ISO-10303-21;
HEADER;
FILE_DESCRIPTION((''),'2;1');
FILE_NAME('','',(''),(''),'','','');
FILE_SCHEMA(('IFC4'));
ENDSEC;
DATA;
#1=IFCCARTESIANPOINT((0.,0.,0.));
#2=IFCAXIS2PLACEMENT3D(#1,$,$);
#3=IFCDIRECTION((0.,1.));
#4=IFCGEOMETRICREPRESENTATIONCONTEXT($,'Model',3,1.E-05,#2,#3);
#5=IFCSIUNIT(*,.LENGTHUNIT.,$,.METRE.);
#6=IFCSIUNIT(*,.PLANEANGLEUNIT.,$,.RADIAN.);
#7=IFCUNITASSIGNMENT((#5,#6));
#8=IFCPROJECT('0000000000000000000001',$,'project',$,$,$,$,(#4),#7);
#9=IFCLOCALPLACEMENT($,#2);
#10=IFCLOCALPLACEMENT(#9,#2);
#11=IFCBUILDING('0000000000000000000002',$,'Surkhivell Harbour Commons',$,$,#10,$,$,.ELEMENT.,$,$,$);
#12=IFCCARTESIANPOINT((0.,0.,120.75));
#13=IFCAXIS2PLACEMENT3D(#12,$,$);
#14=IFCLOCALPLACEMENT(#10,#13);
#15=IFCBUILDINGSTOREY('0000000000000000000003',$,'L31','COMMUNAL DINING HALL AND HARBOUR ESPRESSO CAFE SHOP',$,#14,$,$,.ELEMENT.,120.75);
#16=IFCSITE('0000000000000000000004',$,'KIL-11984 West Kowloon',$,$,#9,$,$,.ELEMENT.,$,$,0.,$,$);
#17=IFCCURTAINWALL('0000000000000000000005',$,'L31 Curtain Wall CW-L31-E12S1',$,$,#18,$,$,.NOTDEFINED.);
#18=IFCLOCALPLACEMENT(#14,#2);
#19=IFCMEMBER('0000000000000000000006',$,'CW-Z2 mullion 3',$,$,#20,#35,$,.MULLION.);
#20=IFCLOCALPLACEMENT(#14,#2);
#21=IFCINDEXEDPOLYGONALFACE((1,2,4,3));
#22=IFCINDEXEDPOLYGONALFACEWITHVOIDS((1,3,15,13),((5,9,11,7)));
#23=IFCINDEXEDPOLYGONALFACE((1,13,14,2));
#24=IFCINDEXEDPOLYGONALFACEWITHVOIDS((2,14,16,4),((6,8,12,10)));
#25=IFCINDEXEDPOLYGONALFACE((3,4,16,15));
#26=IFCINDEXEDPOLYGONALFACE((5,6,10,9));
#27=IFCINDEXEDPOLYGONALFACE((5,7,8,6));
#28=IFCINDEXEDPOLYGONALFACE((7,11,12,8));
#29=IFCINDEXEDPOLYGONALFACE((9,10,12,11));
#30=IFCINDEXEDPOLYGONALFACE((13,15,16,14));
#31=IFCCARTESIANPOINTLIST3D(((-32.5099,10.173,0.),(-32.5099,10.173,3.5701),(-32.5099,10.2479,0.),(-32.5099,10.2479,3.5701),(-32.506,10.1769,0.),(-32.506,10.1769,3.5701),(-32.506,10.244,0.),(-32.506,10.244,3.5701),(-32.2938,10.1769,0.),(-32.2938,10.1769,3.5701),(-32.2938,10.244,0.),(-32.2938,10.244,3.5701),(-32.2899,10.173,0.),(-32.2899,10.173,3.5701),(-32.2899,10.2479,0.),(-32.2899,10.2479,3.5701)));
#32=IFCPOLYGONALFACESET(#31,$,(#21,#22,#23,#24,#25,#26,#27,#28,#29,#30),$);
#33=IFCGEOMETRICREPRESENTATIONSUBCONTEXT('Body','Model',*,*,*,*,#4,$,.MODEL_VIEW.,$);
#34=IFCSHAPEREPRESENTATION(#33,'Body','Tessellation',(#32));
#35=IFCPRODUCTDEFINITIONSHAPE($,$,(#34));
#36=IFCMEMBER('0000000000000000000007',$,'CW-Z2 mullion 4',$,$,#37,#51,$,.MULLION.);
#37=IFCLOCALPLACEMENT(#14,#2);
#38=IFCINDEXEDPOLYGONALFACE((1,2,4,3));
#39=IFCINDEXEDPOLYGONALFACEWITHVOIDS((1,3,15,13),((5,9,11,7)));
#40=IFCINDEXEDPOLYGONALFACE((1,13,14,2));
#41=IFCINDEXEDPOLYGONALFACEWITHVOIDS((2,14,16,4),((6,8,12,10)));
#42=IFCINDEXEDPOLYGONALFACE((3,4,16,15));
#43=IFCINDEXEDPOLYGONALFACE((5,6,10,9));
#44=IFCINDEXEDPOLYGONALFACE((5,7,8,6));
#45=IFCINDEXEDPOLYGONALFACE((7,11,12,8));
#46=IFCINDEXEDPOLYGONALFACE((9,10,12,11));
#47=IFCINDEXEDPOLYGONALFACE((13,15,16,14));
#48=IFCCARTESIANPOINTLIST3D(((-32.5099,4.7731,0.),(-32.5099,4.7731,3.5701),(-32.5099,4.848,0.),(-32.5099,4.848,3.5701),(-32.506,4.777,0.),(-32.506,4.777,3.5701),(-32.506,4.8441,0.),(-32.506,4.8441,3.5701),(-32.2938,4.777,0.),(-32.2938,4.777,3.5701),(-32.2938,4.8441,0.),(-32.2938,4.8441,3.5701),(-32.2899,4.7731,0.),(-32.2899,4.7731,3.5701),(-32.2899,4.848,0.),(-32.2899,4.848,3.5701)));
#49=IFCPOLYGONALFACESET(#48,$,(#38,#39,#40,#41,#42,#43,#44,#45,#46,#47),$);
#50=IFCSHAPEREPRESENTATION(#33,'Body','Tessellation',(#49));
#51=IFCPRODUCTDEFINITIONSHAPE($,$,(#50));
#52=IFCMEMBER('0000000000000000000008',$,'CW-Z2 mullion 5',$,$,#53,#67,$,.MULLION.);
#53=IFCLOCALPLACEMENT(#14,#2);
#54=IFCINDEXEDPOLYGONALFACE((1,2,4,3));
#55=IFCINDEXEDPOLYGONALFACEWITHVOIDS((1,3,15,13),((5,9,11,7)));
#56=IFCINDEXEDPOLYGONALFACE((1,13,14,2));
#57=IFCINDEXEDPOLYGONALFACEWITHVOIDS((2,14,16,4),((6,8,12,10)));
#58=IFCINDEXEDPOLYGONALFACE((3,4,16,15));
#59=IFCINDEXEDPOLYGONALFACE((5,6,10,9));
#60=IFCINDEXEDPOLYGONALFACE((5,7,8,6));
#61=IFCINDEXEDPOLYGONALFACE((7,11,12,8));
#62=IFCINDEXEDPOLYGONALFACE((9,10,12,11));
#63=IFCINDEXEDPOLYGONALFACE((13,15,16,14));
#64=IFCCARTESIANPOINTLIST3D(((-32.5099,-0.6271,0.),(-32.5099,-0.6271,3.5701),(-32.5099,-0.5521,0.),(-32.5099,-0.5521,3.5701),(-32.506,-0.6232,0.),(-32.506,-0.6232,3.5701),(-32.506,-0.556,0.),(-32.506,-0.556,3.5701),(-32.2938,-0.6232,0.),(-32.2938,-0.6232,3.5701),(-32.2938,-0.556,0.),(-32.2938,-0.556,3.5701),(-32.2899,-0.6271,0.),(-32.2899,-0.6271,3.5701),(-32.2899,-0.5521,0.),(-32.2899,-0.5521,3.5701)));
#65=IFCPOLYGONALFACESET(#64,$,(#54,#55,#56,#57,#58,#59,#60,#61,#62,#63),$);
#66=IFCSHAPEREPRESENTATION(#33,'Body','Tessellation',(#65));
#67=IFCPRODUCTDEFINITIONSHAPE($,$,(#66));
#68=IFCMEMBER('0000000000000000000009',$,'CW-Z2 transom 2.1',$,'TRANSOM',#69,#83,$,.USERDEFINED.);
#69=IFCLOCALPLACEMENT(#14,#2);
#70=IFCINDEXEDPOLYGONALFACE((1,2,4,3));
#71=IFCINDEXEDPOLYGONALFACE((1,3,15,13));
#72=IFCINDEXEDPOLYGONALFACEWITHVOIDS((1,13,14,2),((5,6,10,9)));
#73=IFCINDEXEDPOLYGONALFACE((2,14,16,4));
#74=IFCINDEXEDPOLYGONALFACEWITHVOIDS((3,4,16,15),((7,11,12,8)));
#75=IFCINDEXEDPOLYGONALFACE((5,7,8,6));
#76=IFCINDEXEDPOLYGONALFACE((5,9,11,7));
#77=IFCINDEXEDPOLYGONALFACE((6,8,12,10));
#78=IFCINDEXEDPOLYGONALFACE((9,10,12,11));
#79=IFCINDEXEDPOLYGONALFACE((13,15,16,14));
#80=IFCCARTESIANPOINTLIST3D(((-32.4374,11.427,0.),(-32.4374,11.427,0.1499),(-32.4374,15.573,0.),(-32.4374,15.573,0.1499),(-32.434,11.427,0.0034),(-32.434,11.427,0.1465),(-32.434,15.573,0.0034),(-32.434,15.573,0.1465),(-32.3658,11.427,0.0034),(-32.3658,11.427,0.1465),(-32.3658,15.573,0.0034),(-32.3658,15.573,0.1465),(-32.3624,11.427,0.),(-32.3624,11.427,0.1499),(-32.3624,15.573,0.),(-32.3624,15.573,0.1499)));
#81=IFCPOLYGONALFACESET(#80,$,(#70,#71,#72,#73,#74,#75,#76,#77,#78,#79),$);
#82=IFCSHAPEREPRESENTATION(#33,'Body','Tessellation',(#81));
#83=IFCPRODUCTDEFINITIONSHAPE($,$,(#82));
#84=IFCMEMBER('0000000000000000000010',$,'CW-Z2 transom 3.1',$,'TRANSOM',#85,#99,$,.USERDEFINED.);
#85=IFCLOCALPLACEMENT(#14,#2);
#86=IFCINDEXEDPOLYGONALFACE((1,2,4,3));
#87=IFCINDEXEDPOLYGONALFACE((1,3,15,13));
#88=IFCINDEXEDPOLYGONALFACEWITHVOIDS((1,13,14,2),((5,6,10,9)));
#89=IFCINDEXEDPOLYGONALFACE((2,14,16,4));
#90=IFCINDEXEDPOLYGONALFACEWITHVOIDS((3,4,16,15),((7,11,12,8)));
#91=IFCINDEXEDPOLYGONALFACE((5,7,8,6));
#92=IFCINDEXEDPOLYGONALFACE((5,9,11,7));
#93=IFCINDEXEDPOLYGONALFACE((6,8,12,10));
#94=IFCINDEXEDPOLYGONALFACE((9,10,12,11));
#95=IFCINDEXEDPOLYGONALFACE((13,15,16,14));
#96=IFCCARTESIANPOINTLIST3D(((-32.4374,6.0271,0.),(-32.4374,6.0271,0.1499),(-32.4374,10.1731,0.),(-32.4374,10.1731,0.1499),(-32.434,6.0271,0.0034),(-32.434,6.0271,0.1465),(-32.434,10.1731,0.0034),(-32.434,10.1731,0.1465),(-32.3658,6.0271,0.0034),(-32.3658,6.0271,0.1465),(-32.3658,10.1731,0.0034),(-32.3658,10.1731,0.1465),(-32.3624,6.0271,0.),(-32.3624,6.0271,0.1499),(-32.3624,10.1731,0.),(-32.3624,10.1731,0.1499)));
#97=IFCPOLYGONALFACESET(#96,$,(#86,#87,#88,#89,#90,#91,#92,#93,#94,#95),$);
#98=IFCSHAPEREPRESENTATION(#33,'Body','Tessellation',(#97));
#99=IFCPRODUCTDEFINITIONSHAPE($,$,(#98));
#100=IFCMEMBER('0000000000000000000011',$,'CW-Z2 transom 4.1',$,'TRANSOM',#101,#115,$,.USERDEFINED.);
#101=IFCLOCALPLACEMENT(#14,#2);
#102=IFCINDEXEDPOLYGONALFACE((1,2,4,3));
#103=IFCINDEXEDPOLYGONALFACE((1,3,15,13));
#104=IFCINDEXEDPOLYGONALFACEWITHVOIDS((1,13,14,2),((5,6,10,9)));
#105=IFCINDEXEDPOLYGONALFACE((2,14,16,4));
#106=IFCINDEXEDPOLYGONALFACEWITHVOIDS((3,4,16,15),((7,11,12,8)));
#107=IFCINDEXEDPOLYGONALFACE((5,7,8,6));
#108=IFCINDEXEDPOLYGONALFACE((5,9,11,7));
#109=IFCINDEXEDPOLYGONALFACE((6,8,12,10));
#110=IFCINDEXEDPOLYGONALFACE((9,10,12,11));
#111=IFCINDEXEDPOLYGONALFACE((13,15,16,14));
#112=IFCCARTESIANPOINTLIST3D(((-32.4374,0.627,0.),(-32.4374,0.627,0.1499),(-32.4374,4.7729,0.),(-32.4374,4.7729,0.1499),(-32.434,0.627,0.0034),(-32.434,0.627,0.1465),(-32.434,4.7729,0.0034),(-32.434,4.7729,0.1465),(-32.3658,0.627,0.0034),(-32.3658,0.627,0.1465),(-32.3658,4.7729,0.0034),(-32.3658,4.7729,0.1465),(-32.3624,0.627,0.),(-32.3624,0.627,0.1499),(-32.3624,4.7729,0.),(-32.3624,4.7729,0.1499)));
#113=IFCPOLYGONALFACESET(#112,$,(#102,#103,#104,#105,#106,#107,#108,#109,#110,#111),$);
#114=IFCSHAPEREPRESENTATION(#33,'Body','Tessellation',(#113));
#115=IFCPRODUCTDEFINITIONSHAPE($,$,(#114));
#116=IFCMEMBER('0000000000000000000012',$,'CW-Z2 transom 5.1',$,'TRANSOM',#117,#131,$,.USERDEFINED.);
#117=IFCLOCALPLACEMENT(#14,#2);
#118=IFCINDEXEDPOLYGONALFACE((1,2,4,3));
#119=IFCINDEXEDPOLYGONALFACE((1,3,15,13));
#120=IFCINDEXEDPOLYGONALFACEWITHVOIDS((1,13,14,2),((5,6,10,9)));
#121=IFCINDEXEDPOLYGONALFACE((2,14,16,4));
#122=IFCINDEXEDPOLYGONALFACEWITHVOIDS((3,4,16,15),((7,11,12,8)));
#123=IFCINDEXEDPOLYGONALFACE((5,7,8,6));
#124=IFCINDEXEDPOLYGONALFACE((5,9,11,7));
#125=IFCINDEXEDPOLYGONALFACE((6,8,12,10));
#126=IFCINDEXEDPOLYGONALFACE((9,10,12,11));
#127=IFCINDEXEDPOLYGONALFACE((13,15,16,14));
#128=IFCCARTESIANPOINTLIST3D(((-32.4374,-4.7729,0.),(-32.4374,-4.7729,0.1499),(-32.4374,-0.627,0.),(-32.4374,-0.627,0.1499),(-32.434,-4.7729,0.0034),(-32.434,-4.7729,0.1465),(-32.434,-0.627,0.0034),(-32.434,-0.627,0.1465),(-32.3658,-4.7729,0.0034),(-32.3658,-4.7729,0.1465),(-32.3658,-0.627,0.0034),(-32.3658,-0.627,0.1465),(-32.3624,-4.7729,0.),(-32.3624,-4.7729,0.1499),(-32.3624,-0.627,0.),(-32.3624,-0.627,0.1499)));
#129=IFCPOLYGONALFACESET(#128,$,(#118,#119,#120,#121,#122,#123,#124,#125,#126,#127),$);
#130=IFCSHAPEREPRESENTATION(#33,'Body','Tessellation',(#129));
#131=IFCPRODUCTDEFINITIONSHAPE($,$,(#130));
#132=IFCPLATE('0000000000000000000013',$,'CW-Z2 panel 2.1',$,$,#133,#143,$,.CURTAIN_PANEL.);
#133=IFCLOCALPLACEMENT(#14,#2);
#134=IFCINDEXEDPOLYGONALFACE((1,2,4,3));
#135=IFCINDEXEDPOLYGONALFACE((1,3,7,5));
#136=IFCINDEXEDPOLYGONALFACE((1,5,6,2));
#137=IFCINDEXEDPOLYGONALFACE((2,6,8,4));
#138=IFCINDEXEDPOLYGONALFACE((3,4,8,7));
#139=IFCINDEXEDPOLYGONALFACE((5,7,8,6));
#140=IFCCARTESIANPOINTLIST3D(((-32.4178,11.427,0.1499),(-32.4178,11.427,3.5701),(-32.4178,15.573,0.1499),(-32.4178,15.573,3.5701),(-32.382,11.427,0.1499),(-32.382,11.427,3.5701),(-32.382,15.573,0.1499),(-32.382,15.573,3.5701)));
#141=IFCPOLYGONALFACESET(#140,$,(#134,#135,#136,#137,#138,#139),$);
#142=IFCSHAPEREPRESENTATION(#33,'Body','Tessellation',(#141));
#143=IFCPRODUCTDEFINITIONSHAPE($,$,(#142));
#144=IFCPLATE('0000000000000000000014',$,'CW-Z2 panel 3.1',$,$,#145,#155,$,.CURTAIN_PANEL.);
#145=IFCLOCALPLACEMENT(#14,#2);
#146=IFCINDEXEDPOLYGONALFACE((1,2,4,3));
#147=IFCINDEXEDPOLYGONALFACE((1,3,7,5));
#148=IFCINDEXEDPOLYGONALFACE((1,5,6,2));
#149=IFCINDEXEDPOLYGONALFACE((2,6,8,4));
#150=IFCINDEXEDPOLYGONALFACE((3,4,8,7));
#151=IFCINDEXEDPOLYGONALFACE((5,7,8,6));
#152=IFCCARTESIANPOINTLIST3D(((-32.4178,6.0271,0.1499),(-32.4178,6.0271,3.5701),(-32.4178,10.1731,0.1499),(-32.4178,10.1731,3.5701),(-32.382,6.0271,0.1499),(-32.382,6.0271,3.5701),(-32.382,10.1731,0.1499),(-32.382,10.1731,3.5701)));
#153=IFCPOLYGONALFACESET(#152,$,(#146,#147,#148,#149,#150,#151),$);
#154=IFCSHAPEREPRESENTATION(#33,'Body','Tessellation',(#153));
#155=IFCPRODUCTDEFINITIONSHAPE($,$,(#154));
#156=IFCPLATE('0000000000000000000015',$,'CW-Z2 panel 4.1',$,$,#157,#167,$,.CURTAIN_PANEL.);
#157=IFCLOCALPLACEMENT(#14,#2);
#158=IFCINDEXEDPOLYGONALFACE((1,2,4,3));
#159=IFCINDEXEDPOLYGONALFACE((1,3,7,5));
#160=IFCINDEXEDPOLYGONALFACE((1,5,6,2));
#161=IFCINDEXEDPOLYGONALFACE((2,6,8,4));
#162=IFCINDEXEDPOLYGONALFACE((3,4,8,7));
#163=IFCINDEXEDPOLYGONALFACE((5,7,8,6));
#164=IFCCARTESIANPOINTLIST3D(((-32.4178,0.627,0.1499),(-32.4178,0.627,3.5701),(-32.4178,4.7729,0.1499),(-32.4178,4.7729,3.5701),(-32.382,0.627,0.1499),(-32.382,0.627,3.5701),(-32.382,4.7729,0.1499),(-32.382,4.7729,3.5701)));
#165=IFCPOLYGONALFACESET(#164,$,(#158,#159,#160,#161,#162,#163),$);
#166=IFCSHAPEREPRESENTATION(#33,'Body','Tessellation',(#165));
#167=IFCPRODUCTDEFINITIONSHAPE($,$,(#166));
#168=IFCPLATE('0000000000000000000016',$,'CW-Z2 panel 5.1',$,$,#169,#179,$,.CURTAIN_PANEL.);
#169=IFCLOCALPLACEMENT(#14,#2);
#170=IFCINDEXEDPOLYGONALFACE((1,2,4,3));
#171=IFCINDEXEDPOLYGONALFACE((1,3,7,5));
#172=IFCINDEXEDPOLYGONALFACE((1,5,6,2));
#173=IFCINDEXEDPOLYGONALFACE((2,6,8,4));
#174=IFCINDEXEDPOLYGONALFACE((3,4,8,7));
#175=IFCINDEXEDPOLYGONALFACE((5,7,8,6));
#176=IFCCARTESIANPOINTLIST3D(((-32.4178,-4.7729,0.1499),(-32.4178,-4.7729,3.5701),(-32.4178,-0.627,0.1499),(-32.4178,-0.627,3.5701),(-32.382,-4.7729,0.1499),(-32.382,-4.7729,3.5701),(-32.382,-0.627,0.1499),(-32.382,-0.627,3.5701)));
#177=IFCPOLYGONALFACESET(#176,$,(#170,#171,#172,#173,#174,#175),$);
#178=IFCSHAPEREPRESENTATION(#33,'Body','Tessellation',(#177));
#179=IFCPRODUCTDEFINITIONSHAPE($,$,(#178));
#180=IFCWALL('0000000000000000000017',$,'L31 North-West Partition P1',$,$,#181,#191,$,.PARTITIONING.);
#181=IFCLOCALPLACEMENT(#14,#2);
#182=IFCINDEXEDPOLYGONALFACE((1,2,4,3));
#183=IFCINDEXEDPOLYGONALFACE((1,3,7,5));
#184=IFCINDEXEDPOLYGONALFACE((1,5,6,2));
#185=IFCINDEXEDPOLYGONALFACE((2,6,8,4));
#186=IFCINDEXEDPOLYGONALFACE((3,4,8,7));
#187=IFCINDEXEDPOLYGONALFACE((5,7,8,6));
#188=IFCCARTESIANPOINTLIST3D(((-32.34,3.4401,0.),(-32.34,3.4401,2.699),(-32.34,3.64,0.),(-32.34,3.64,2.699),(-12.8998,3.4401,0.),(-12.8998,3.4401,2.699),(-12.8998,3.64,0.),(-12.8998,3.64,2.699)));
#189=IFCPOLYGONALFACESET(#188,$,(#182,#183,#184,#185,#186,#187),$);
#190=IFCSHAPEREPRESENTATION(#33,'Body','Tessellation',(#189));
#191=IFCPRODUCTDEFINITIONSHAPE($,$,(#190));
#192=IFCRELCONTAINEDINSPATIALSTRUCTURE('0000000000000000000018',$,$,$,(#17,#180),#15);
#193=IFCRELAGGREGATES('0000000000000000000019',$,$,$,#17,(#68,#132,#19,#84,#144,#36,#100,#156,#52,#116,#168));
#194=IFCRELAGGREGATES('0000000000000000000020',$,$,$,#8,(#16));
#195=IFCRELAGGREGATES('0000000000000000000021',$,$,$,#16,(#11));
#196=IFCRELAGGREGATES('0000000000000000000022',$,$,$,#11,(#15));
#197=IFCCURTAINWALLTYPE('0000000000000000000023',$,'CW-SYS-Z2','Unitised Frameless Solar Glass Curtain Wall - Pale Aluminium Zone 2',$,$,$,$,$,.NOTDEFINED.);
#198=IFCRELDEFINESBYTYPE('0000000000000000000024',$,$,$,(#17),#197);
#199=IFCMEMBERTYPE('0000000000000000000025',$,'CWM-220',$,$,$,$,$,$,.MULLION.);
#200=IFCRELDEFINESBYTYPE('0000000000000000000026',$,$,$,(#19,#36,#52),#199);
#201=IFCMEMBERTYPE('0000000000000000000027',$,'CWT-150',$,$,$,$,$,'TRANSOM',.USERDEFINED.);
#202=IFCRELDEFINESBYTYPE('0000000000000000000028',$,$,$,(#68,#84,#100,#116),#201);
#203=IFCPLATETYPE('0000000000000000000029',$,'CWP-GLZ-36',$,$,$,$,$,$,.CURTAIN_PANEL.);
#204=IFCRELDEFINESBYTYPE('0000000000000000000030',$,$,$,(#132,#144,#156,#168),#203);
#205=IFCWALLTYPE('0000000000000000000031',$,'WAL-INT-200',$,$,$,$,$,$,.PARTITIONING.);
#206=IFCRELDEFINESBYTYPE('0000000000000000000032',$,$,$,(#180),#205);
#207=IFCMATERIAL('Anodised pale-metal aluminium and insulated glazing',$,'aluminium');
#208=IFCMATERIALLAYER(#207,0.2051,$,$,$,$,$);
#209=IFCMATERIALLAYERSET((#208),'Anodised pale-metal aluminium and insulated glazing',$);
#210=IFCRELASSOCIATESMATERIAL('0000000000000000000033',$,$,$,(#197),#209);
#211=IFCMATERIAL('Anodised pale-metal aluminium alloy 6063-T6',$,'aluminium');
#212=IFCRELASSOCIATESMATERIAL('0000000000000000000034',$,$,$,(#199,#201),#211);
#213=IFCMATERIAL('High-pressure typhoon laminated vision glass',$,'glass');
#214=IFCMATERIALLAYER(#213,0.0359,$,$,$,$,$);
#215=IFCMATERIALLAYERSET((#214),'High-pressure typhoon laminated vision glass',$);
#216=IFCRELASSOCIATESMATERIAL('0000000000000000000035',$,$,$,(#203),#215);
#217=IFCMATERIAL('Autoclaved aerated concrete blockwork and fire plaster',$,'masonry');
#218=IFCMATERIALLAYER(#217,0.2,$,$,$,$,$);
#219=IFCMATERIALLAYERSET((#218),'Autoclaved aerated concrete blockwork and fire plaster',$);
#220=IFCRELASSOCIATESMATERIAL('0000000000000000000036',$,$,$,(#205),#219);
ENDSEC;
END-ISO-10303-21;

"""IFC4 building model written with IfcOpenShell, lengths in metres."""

from ifc_helpers import new_model, si_unit, direction, frame, frame_2d, origin, origin_2d, place, context, subcontext, project, spatial, rectangle, hollow_rectangle, extrude, material, layer, layer_set, material_profile, profile_set, type_object, element, aggregate, save


model = new_model("IFC4")

# Units and contexts
model_context = context("Model", 3, precision=1e-05, world=origin(), true_north=direction((0.0, 1.0)))
body_context = subcontext(model_context, "Body", "Model", "MODEL_VIEW")
ifc_project = project(units=[si_unit("LENGTHUNIT", "METRE"), si_unit("PLANEANGLEUNIT", "RADIAN")], contexts=[model_context])

# Site, building, storey
site_placement = place(None, origin())
site = spatial("IfcSite", under=ifc_project, at=site_placement, Name="KIL-11984 West Kowloon", CompositionType="ELEMENT", RefElevation=0.0)
building_placement = place(site_placement, origin())
building = spatial("IfcBuilding", under=site, at=building_placement, Name="Surkhivell Harbour Commons", CompositionType="ELEMENT")
storey_placement = place(building_placement, frame((0.0, 0.0, 120.75)))
storey = spatial("IfcBuildingStorey", under=building, at=storey_placement, Name="L31", Description="COMMUNAL DINING HALL AND HARBOUR ESPRESSO CAFE SHOP", CompositionType="ELEMENT", Elevation=120.75)

# Curtain wall, members, plates
ifc_material_1 = material(Name="Anodised pale-metal aluminium and insulated glazing", Category="aluminium")
ifc_layer_1 = layer(ifc_material_1, 0.2051)
ifc_layer_set_1 = layer_set([ifc_layer_1], Name="Anodised pale-metal aluminium and insulated glazing")
curtain_wall_type = type_object("IfcCurtainWallType", Name="CW-SYS-Z2", Description="Unitised Frameless Solar Glass Curtain Wall - Pale Aluminium Zone 2", PredefinedType="NOTDEFINED", material=ifc_layer_set_1)
curtain_wall_placement = place(storey_placement, origin())
curtain_wall = element("IfcCurtainWall", 1, at=curtain_wall_placement, inside=storey, type_object=curtain_wall_type, Name="L31 Curtain Wall CW-L31-E12S1", PredefinedType="NOTDEFINED")
ifc_material_2 = material(Name="Anodised pale-metal aluminium alloy 6063-T6", Category="aluminium")
ifc_material_profile_1 = material_profile(ifc_material_2, hollow_rectangle(XDim=0.075, YDim=0.22, WallThickness=0.0039, at=origin_2d()), Name="ALU-MULL-75x220")
ifc_profile_set_1 = profile_set([ifc_material_profile_1], Name="Anodised pale-metal aluminium alloy 6063-T6")
member_type_1 = type_object("IfcMemberType", Name="CWM-220", PredefinedType="MULLION", material=ifc_profile_set_1)
member_1_placement = place(storey_placement, frame((-32.3999, 10.2104, 0.0), z_axis=(0.0, 0.0, 1.0), x_axis=(0.0, -1.0, 0.0)))
member_1 = element("IfcMember", 2, at=member_1_placement, type_object=member_type_1, Name="CW-Z2 mullion 3", PredefinedType="MULLION", context=body_context, shape_type="SweptSolid", body=[
    extrude(hollow_rectangle(XDim=0.075, YDim=0.22, WallThickness=0.0039, at=origin_2d()), origin(), (0.0, 0.0, 1.0), 3.5701),
])
member_2_placement = place(storey_placement, frame((-32.3999, 4.8105, 0.0), z_axis=(0.0, 0.0, 1.0), x_axis=(0.0, -1.0, 0.0)))
member_2 = element("IfcMember", 3, at=member_2_placement, type_object=member_type_1, Name="CW-Z2 mullion 4", PredefinedType="MULLION", context=body_context, shape_type="SweptSolid", body=[
    extrude(hollow_rectangle(XDim=0.075, YDim=0.22, WallThickness=0.0039, at=origin_2d()), origin(), (0.0, 0.0, 1.0), 3.5701),
])
member_3_placement = place(storey_placement, frame((-32.3999, -0.5896, 0.0), z_axis=(0.0, 0.0, 1.0), x_axis=(0.0, -1.0, 0.0)))
member_3 = element("IfcMember", 4, at=member_3_placement, type_object=member_type_1, Name="CW-Z2 mullion 5", PredefinedType="MULLION", context=body_context, shape_type="SweptSolid", body=[
    extrude(hollow_rectangle(XDim=0.075, YDim=0.22, WallThickness=0.0039, at=origin_2d()), origin(), (0.0, 0.0, 1.0), 3.5701),
])
ifc_material_profile_2 = material_profile(ifc_material_2, hollow_rectangle(XDim=0.075, YDim=0.1499, WallThickness=0.0034, at=origin_2d()), Name="ALU-TRAN-75x150")
ifc_profile_set_2 = profile_set([ifc_material_profile_2], Name="Anodised pale-metal aluminium alloy 6063-T6")
member_type_2 = type_object("IfcMemberType", Name="CWT-150", ElementType="TRANSOM", PredefinedType="USERDEFINED", material=ifc_profile_set_2)
member_4_placement = place(storey_placement, frame((-32.3999, 15.573, 0.075), z_axis=(0.0, -1.0, 0.0), x_axis=(1.0, 0.0, 0.0)))
member_4 = element("IfcMember", 5, at=member_4_placement, type_object=member_type_2, Name="CW-Z2 transom 2.1", ObjectType="TRANSOM", PredefinedType="USERDEFINED", context=body_context, shape_type="SweptSolid", body=[
    extrude(hollow_rectangle(XDim=0.075, YDim=0.1499, WallThickness=0.0034, at=origin_2d()), origin(), (0.0, 0.0, 1.0), 4.146),
])
member_5_placement = place(storey_placement, frame((-32.3999, 10.1731, 0.075), z_axis=(0.0, -1.0, 0.0), x_axis=(1.0, 0.0, 0.0)))
member_5 = element("IfcMember", 6, at=member_5_placement, type_object=member_type_2, Name="CW-Z2 transom 3.1", ObjectType="TRANSOM", PredefinedType="USERDEFINED", context=body_context, shape_type="SweptSolid", body=[
    extrude(hollow_rectangle(XDim=0.075, YDim=0.1499, WallThickness=0.0034, at=origin_2d()), origin(), (0.0, 0.0, 1.0), 4.146),
])
member_6_placement = place(storey_placement, frame((-32.3999, 4.7729, 0.075), z_axis=(0.0, -1.0, 0.0), x_axis=(1.0, 0.0, 0.0)))
member_6 = element("IfcMember", 7, at=member_6_placement, type_object=member_type_2, Name="CW-Z2 transom 4.1", ObjectType="TRANSOM", PredefinedType="USERDEFINED", context=body_context, shape_type="SweptSolid", body=[
    extrude(hollow_rectangle(XDim=0.075, YDim=0.1499, WallThickness=0.0034, at=origin_2d()), origin(), (0.0, 0.0, 1.0), 4.146),
])
member_7_placement = place(storey_placement, frame((-32.3999, -0.627, 0.075), z_axis=(0.0, -1.0, 0.0), x_axis=(1.0, 0.0, 0.0)))
member_7 = element("IfcMember", 8, at=member_7_placement, type_object=member_type_2, Name="CW-Z2 transom 5.1", ObjectType="TRANSOM", PredefinedType="USERDEFINED", context=body_context, shape_type="SweptSolid", body=[
    extrude(hollow_rectangle(XDim=0.075, YDim=0.1499, WallThickness=0.0034, at=origin_2d()), origin(), (0.0, 0.0, 1.0), 4.146),
])
ifc_material_3 = material(Name="High-pressure typhoon laminated vision glass", Category="glass")
ifc_layer_2 = layer(ifc_material_3, 0.0359)
ifc_layer_set_2 = layer_set([ifc_layer_2], Name="High-pressure typhoon laminated vision glass")
plate_type = type_object("IfcPlateType", Name="CWP-GLZ-36", PredefinedType="CURTAIN_PANEL", material=ifc_layer_set_2)
plate_1_placement = place(storey_placement, frame((-32.3999, 15.573, 0.1499), z_axis=(0.0, 0.0, 1.0), x_axis=(0.0, -1.0, 0.0)))
plate_1 = element("IfcPlate", 9, at=plate_1_placement, type_object=plate_type, Name="CW-Z2 panel 2.1", PredefinedType="CURTAIN_PANEL", context=body_context, shape_type="SweptSolid", body=[
    extrude(rectangle(XDim=4.146, YDim=0.0359, at=frame_2d((2.073, 0.0))), origin(), (0.0, 0.0, 1.0), 3.4202),
])
plate_2_placement = place(storey_placement, frame((-32.3999, 10.1731, 0.1499), z_axis=(0.0, 0.0, 1.0), x_axis=(0.0, -1.0, 0.0)))
plate_2 = element("IfcPlate", 10, at=plate_2_placement, type_object=plate_type, Name="CW-Z2 panel 3.1", PredefinedType="CURTAIN_PANEL", context=body_context, shape_type="SweptSolid", body=[
    extrude(rectangle(XDim=4.146, YDim=0.0359, at=frame_2d((2.073, 0.0))), origin(), (0.0, 0.0, 1.0), 3.4202),
])
plate_3_placement = place(storey_placement, frame((-32.3999, 4.7729, 0.1499), z_axis=(0.0, 0.0, 1.0), x_axis=(0.0, -1.0, 0.0)))
plate_3 = element("IfcPlate", 11, at=plate_3_placement, type_object=plate_type, Name="CW-Z2 panel 4.1", PredefinedType="CURTAIN_PANEL", context=body_context, shape_type="SweptSolid", body=[
    extrude(rectangle(XDim=4.146, YDim=0.0359, at=frame_2d((2.073, 0.0))), origin(), (0.0, 0.0, 1.0), 3.4202),
])
plate_4_placement = place(storey_placement, frame((-32.3999, -0.627, 0.1499), z_axis=(0.0, 0.0, 1.0), x_axis=(0.0, -1.0, 0.0)))
plate_4 = element("IfcPlate", 12, at=plate_4_placement, type_object=plate_type, Name="CW-Z2 panel 5.1", PredefinedType="CURTAIN_PANEL", context=body_context, shape_type="SweptSolid", body=[
    extrude(rectangle(XDim=4.146, YDim=0.0359, at=frame_2d((2.073, 0.0))), origin(), (0.0, 0.0, 1.0), 3.4202),
])
aggregate(curtain_wall, [member_4, plate_1, member_1, member_5, plate_2, member_2, member_6, plate_3, member_3, member_7, plate_4])

# Wall
ifc_material_4 = material(Name="Autoclaved aerated concrete blockwork and fire plaster", Category="masonry")
ifc_layer_3 = layer(ifc_material_4, 0.2)
ifc_layer_set_3 = layer_set([ifc_layer_3], Name="Autoclaved aerated concrete blockwork and fire plaster")
wall_type = type_object("IfcWallType", Name="WAL-INT-200", PredefinedType="PARTITIONING", material=ifc_layer_set_3)
wall_placement = place(storey_placement, frame((-32.3401, 3.54, 0.0), z_axis=(0.0, 0.0, 1.0), x_axis=(1.0, 0.0, 0.0)))
element("IfcWall", 13, at=wall_placement, inside=storey, type_object=wall_type, Name="L31 North-West Partition P1", PredefinedType="PARTITIONING", context=body_context, shape_type="SweptSolid", body=[
    extrude(rectangle(XDim=19.4402, YDim=0.2, at=frame_2d((9.7202, 0.0))), origin(), (0.0, 0.0, 1.0), 2.699),
])

save(model, "model.ifc")
